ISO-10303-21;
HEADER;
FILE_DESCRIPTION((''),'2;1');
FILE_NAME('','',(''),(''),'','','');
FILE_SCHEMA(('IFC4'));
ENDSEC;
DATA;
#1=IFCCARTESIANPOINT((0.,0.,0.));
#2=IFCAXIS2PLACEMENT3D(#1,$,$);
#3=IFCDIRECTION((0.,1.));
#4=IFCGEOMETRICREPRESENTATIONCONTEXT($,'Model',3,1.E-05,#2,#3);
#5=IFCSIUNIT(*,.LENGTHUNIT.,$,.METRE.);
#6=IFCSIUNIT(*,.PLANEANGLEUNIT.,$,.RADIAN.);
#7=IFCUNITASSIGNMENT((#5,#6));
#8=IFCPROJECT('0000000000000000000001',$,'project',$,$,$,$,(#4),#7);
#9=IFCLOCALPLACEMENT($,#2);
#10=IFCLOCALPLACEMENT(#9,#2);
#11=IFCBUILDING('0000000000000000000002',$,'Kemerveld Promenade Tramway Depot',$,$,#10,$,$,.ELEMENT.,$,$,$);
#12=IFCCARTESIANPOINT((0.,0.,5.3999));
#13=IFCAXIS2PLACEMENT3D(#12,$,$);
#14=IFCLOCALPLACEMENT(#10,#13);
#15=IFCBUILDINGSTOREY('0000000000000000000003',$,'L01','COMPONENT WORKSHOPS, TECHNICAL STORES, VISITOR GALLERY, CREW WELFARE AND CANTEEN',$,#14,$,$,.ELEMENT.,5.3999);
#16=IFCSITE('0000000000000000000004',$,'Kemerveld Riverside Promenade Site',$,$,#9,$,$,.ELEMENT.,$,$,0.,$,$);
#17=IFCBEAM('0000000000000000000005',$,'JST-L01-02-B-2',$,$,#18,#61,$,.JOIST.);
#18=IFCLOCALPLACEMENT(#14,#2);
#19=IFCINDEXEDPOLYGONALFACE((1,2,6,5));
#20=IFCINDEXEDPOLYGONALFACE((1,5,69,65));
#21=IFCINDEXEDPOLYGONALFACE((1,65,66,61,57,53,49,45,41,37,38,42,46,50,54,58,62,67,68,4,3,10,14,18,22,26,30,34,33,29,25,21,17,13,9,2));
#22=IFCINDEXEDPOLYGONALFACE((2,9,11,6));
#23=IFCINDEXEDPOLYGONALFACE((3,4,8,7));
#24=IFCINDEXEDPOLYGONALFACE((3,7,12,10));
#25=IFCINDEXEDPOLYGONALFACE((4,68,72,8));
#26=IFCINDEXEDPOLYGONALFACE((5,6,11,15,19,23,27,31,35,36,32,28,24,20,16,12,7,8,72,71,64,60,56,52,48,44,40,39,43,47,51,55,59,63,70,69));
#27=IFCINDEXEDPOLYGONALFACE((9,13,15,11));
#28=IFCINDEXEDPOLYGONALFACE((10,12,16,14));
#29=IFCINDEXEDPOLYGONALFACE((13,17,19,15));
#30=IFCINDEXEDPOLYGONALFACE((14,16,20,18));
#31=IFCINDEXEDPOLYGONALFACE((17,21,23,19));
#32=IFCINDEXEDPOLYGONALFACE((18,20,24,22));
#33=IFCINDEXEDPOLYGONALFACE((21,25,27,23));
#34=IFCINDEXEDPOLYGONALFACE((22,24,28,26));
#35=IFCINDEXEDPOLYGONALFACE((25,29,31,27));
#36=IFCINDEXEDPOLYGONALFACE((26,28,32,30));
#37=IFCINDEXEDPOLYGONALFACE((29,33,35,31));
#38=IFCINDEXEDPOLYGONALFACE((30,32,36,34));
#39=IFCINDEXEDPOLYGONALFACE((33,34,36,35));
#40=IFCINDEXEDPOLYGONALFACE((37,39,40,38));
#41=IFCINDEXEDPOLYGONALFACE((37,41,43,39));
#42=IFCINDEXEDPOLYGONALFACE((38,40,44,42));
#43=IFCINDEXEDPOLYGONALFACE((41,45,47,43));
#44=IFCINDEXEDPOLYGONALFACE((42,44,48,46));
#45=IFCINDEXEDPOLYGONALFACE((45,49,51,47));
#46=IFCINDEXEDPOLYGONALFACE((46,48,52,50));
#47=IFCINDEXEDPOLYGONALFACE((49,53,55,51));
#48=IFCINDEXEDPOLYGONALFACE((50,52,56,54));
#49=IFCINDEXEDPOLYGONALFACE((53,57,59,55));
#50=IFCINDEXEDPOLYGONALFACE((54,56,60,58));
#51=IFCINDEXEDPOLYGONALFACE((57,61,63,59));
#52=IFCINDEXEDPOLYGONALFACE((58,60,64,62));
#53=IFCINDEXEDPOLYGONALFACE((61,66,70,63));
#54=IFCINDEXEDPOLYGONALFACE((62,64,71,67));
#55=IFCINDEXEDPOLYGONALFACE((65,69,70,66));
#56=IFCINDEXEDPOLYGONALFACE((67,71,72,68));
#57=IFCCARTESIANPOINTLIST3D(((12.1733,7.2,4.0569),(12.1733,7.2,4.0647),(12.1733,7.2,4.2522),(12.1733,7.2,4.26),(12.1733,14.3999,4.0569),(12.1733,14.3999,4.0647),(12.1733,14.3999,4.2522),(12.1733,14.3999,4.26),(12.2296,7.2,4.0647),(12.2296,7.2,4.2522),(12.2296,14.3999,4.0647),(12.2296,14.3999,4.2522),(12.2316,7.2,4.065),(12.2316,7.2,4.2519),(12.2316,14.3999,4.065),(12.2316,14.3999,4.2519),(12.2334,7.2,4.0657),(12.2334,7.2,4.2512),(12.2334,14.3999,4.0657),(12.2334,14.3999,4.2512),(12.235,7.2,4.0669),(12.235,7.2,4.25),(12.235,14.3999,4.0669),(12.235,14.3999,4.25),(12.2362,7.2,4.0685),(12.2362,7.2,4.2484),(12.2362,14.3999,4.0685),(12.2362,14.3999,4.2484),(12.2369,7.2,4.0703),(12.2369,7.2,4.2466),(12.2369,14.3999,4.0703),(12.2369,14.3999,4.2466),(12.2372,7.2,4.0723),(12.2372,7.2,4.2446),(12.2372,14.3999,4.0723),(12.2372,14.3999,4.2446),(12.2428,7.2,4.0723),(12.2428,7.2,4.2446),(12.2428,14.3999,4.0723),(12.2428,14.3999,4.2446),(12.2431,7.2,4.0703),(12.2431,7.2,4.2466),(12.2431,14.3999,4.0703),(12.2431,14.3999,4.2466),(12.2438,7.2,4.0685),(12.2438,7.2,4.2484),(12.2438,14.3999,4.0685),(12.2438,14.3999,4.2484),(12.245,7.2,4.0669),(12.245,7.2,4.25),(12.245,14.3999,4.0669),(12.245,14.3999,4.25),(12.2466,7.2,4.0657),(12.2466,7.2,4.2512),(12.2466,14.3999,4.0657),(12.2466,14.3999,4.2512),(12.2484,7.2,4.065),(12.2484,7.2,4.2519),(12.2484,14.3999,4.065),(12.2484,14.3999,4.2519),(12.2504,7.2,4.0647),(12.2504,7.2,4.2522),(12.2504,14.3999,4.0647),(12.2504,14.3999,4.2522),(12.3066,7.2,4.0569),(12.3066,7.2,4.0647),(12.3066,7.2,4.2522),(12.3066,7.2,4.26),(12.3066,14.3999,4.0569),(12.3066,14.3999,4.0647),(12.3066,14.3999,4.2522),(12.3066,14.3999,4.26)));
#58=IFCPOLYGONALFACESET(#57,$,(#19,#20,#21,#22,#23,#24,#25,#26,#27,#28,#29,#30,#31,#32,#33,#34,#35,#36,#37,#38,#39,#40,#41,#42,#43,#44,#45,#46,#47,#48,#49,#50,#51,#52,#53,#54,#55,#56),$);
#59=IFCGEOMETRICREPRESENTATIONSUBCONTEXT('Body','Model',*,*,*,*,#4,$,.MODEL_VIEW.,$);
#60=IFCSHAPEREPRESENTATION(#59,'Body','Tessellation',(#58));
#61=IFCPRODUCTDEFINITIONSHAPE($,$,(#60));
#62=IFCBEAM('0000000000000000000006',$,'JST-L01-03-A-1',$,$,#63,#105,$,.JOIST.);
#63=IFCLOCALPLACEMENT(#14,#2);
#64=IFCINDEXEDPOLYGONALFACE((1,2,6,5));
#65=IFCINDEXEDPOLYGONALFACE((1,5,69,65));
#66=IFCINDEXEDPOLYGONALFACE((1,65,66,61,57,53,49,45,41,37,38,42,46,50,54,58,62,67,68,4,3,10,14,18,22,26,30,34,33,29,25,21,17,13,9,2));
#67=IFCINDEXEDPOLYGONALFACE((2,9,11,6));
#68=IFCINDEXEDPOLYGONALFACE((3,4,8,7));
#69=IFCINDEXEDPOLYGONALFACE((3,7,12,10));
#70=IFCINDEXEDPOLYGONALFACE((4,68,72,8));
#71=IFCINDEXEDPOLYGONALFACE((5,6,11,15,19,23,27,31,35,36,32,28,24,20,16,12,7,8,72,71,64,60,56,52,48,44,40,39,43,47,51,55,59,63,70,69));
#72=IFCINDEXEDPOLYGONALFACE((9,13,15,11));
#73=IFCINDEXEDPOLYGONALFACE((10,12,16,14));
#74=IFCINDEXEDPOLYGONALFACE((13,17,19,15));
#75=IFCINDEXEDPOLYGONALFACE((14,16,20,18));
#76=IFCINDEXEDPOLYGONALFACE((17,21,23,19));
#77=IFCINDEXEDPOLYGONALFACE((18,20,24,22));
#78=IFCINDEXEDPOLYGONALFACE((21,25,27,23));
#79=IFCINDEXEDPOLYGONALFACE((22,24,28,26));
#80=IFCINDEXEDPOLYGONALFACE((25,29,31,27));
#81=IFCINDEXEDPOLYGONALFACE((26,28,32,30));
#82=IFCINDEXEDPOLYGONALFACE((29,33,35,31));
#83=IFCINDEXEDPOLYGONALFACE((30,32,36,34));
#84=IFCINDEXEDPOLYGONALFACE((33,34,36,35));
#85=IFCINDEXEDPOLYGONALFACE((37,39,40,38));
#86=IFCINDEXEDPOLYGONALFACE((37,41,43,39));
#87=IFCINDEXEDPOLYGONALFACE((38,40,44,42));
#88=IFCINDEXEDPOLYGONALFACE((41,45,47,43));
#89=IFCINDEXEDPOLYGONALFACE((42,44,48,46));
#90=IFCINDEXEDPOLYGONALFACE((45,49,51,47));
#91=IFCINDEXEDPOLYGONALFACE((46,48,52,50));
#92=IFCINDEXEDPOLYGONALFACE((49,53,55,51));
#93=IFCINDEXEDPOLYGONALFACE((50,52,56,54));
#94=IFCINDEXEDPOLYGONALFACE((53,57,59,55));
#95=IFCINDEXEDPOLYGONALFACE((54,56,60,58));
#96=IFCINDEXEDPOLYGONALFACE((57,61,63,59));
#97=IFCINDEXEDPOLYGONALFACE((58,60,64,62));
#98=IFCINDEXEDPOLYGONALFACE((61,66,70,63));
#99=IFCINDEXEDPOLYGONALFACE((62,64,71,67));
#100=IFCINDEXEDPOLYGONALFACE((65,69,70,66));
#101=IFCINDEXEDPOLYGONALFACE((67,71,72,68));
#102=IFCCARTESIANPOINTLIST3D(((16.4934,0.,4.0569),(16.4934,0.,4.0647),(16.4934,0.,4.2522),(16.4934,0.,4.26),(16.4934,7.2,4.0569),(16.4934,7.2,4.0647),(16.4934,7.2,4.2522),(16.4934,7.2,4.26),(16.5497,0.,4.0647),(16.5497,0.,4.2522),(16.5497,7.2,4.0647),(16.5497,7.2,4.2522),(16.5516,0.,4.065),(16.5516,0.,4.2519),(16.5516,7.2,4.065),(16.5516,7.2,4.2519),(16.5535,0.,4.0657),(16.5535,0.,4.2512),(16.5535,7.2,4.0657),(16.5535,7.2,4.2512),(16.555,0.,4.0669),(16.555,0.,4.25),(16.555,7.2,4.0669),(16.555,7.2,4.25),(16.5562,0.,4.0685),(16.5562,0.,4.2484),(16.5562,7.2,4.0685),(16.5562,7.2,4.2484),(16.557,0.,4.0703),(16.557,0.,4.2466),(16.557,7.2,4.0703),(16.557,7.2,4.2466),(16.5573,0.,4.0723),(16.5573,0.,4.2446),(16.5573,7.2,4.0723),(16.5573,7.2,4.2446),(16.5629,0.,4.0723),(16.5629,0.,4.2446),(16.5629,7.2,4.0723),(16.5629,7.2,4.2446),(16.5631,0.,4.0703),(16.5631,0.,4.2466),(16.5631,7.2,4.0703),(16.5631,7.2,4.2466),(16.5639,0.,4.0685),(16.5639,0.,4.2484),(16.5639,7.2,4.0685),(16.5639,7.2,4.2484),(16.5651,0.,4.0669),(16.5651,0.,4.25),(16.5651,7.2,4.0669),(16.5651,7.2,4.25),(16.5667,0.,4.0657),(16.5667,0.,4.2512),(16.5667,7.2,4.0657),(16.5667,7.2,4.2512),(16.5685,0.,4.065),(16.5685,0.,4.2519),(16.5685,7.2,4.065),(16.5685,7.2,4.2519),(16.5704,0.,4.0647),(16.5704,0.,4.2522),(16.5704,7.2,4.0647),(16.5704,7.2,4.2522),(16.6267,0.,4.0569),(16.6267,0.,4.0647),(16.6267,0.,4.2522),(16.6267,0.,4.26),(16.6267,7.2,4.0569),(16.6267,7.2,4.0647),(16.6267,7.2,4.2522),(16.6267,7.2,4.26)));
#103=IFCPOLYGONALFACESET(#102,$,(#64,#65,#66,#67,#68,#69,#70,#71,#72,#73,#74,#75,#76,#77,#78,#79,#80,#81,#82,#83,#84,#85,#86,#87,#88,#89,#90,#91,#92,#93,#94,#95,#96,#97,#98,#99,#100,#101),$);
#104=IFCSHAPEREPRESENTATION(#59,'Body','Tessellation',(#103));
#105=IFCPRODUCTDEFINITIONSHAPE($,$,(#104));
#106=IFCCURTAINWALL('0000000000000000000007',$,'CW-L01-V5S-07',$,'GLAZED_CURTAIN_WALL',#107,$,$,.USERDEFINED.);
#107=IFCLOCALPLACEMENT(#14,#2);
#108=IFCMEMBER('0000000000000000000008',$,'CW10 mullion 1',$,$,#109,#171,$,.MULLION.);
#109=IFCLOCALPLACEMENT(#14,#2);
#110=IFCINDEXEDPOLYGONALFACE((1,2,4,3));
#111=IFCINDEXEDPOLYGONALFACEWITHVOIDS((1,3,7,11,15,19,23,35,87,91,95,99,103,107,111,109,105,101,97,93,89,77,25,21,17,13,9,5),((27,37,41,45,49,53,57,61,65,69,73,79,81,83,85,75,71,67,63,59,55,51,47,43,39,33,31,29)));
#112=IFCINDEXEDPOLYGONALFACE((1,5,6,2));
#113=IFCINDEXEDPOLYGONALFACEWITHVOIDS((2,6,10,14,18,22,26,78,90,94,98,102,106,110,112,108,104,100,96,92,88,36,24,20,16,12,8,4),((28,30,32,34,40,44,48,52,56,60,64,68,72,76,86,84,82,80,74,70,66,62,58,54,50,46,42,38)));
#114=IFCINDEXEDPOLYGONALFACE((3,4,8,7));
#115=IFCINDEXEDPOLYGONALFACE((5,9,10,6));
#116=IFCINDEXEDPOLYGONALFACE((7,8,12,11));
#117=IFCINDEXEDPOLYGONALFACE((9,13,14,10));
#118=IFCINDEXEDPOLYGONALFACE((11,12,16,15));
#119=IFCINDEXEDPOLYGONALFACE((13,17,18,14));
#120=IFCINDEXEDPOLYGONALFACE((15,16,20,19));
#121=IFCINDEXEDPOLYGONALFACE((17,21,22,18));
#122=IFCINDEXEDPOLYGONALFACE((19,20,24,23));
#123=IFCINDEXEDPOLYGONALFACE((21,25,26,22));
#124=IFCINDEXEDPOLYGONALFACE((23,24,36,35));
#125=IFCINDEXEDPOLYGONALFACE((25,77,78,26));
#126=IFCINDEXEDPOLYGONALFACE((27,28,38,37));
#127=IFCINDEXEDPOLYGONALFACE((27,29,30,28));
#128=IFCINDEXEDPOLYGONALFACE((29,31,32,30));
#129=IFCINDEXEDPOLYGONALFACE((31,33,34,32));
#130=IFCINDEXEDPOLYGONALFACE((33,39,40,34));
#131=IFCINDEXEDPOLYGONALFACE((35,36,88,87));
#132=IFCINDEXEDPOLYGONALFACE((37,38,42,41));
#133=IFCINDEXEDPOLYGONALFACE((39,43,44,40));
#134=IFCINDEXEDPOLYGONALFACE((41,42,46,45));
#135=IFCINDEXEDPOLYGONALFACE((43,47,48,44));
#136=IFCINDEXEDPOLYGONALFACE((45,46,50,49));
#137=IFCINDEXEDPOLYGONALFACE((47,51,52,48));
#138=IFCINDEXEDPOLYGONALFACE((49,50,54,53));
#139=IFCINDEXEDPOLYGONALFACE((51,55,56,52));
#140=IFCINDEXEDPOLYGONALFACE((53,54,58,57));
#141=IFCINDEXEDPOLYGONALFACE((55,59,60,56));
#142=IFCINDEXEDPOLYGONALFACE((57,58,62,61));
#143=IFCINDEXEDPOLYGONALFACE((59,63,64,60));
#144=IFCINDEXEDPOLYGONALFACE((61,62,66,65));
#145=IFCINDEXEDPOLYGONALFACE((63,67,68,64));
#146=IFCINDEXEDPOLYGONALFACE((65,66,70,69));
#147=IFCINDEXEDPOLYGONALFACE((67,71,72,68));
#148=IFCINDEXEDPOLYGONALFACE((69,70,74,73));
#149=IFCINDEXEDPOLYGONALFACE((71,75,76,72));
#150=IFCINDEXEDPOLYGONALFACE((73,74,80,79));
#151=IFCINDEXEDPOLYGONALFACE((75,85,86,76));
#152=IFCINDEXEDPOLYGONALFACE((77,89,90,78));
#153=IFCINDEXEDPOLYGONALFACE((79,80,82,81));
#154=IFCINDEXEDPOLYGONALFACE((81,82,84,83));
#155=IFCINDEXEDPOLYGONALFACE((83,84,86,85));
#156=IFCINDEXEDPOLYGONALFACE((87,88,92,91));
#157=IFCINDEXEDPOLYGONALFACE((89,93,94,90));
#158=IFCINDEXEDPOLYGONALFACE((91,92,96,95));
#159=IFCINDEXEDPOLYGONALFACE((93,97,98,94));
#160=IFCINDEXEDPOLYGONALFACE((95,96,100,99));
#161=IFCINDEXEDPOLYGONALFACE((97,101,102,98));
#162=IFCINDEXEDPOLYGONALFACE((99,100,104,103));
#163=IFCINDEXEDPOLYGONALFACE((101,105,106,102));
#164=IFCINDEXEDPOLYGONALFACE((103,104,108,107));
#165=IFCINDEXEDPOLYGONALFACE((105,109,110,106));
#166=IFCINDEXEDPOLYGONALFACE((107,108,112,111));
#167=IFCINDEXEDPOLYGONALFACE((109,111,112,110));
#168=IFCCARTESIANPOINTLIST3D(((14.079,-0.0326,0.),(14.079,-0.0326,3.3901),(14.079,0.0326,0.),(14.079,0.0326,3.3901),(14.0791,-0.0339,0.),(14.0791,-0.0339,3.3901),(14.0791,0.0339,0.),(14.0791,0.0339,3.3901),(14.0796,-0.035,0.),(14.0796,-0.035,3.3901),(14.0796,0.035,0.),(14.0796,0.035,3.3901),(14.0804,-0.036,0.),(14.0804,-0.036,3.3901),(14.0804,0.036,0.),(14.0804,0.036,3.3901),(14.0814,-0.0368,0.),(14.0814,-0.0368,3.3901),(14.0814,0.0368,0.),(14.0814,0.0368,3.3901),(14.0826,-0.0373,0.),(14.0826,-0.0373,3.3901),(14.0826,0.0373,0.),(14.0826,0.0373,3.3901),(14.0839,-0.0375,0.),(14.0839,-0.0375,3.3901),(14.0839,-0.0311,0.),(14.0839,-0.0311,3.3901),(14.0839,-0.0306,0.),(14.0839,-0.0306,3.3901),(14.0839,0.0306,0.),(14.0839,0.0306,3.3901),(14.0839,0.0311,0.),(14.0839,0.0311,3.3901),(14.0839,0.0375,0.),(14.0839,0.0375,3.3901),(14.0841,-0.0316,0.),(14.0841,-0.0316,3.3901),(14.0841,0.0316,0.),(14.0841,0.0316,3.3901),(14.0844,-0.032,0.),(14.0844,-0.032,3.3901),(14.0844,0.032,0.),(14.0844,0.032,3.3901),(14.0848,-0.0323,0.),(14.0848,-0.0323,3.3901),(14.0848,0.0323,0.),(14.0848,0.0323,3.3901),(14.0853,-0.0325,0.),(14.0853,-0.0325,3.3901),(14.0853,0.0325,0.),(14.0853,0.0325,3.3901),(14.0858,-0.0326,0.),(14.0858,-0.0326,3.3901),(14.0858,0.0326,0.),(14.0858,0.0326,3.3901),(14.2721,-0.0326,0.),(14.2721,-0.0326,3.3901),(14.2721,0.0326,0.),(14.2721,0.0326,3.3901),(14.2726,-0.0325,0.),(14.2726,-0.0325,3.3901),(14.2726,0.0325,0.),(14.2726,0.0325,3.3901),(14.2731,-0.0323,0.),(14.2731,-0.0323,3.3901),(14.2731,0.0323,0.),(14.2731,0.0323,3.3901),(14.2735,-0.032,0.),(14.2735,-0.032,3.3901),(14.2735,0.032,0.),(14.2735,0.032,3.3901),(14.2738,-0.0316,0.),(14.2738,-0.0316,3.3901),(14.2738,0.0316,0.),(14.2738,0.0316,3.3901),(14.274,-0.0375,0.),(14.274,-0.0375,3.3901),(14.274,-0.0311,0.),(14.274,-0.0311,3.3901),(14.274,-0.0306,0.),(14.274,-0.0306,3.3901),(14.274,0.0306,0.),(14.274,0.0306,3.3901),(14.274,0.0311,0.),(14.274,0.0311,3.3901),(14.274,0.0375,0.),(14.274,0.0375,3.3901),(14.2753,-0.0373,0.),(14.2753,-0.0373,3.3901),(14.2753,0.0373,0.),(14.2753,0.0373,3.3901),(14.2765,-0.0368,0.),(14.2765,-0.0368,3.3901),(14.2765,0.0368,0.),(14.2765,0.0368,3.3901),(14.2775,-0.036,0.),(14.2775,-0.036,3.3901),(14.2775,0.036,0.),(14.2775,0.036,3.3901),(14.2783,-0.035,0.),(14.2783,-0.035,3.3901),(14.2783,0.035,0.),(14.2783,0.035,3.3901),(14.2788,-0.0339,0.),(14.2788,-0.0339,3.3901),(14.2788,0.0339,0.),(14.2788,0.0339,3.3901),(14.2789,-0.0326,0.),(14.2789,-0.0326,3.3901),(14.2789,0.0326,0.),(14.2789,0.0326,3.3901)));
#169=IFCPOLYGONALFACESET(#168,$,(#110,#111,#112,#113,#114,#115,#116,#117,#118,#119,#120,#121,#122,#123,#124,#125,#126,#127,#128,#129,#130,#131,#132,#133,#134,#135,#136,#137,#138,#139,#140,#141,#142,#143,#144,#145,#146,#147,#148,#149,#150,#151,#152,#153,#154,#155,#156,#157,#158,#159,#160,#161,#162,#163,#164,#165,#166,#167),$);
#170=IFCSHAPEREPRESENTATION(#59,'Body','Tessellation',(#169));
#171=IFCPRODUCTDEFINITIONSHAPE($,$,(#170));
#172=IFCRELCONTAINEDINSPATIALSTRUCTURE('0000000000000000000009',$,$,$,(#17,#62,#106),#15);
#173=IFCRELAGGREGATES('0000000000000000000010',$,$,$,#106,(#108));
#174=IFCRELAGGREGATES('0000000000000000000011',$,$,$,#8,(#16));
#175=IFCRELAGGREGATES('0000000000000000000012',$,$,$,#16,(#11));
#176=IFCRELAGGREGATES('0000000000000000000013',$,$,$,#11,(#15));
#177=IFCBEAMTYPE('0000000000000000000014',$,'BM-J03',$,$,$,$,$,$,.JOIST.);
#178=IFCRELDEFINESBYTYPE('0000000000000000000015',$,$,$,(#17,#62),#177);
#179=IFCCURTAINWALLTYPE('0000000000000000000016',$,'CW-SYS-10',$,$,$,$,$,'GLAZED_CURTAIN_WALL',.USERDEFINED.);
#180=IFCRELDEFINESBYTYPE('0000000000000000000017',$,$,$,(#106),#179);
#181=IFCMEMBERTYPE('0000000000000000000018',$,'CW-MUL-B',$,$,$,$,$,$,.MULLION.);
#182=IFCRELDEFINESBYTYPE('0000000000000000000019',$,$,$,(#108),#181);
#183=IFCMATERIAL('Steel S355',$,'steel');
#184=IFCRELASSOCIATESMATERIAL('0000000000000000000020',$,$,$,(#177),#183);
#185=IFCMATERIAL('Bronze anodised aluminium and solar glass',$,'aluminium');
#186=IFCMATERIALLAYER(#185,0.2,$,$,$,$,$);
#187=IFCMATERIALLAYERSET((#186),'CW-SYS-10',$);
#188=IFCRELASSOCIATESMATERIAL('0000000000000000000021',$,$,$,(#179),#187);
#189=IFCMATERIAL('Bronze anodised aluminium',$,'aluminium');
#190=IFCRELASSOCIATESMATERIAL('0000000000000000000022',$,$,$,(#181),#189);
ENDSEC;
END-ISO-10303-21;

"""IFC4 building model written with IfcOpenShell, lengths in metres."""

from ifc_helpers import new_model, si_unit, direction, frame, origin, origin_2d, place, context, subcontext, project, spatial, hollow_rectangle, i_section, extrude, material, layer, layer_set, material_profile, profile_set, type_object, element, aggregate, save


model = new_model("IFC4")

# Units and contexts
model_context = context("Model", 3, precision=1e-05, world=origin(), true_north=direction((0.0, 1.0)))
body_context = subcontext(model_context, "Body", "Model", "MODEL_VIEW")
ifc_project = project(units=[si_unit("LENGTHUNIT", "METRE"), si_unit("PLANEANGLEUNIT", "RADIAN")], contexts=[model_context])

# Site, building, storey
site_placement = place(None, origin())
site = spatial("IfcSite", under=ifc_project, at=site_placement, Name="Kemerveld Riverside Promenade Site", CompositionType="ELEMENT", RefElevation=0.0)
building_placement = place(site_placement, origin())
building = spatial("IfcBuilding", under=site, at=building_placement, Name="Kemerveld Promenade Tramway Depot", CompositionType="ELEMENT")
storey_placement = place(building_placement, frame((0.0, 0.0, 5.3999)))
storey = spatial("IfcBuildingStorey", under=building, at=storey_placement, Name="L01", Description="COMPONENT WORKSHOPS, TECHNICAL STORES, VISITOR GALLERY, CREW WELFARE AND CANTEEN", CompositionType="ELEMENT", Elevation=5.3999)

# Shared definitions
ifc_material_1 = material(Name="Steel S355", Category="steel")

# Beams
ifc_material_profile_1 = material_profile(ifc_material_1, i_section(OverallWidth=0.1333, OverallDepth=0.2031, WebThickness=0.0056, FlangeThickness=0.0078, FilletRadius=0.0076, at=origin_2d()), Name="203x133x25 UB")
ifc_profile_set_1 = profile_set([ifc_material_profile_1], Name="Steel S355")
beam_type_1 = type_object("IfcBeamType", Name="BM-J03", PredefinedType="JOIST", material=ifc_profile_set_1)
for number, where, z_axis, x_axis, name in (
    (1, (12.24, 7.2, 4.1584), (0.0, 1.0, 0.0), (-1.0, 0.0, 0.0), "JST-L01-02-B-2"),
    (2, (16.5601, 0.0, 4.1584), (0.0, 1.0, 0.0), (-1.0, 0.0, 0.0), "JST-L01-03-A-1"),
):
    element("IfcBeam", number, at=place(storey_placement, frame(where, z_axis=z_axis, x_axis=x_axis)), inside=storey, type_object=beam_type_1, Name=name, PredefinedType="JOIST", context=body_context, shape_type="SweptSolid", body=[
        extrude(i_section(OverallWidth=0.1333, OverallDepth=0.2031, WebThickness=0.0056, FlangeThickness=0.0078, FilletRadius=0.0076, at=origin_2d()), origin(), (0.0, 0.0, 1.0), 7.2),
    ])

# Curtain wall, member
ifc_material_2 = material(Name="Bronze anodised aluminium and solar glass", Category="aluminium")
ifc_layer_1 = layer(ifc_material_2, 0.2)
ifc_layer_set_1 = layer_set([ifc_layer_1], Name="CW-SYS-10")
curtain_wall_type = type_object("IfcCurtainWallType", Name="CW-SYS-10", ElementType="GLAZED_CURTAIN_WALL", PredefinedType="USERDEFINED", material=ifc_layer_set_1)
curtain_wall_placement = place(storey_placement, origin())
curtain_wall = element("IfcCurtainWall", 3, at=curtain_wall_placement, inside=storey, type_object=curtain_wall_type, Name="CW-L01-V5S-07", ObjectType="GLAZED_CURTAIN_WALL", PredefinedType="USERDEFINED")
ifc_material_3 = material(Name="Bronze anodised aluminium", Category="aluminium")
ifc_material_profile_2 = material_profile(ifc_material_3, hollow_rectangle(XDim=0.075, YDim=0.2, WallThickness=0.0049, InnerFilletRadius=0.002, OuterFilletRadius=0.0049, at=origin_2d()), Name="CW-MUL-200x75")
ifc_profile_set_2 = profile_set([ifc_material_profile_2], Name="Bronze anodised aluminium")
member_type_1 = type_object("IfcMemberType", Name="CW-MUL-B", PredefinedType="MULLION", material=ifc_profile_set_2)
member_1_placement = place(storey_placement, frame((14.179, 0.0, 0.0), z_axis=(0.0, 0.0, 1.0), x_axis=(0.0, -1.0, 0.0)))
member_1 = element("IfcMember", 4, at=member_1_placement, type_object=member_type_1, Name="CW10 mullion 1", PredefinedType="MULLION", context=body_context, shape_type="SweptSolid", body=[
    extrude(hollow_rectangle(XDim=0.075, YDim=0.2, WallThickness=0.0049, InnerFilletRadius=0.002, OuterFilletRadius=0.0049, at=origin_2d()), origin(), (0.0, 0.0, 1.0), 3.3901),
])
aggregate(curtain_wall, [member_1])

save(model, "model.ifc")
